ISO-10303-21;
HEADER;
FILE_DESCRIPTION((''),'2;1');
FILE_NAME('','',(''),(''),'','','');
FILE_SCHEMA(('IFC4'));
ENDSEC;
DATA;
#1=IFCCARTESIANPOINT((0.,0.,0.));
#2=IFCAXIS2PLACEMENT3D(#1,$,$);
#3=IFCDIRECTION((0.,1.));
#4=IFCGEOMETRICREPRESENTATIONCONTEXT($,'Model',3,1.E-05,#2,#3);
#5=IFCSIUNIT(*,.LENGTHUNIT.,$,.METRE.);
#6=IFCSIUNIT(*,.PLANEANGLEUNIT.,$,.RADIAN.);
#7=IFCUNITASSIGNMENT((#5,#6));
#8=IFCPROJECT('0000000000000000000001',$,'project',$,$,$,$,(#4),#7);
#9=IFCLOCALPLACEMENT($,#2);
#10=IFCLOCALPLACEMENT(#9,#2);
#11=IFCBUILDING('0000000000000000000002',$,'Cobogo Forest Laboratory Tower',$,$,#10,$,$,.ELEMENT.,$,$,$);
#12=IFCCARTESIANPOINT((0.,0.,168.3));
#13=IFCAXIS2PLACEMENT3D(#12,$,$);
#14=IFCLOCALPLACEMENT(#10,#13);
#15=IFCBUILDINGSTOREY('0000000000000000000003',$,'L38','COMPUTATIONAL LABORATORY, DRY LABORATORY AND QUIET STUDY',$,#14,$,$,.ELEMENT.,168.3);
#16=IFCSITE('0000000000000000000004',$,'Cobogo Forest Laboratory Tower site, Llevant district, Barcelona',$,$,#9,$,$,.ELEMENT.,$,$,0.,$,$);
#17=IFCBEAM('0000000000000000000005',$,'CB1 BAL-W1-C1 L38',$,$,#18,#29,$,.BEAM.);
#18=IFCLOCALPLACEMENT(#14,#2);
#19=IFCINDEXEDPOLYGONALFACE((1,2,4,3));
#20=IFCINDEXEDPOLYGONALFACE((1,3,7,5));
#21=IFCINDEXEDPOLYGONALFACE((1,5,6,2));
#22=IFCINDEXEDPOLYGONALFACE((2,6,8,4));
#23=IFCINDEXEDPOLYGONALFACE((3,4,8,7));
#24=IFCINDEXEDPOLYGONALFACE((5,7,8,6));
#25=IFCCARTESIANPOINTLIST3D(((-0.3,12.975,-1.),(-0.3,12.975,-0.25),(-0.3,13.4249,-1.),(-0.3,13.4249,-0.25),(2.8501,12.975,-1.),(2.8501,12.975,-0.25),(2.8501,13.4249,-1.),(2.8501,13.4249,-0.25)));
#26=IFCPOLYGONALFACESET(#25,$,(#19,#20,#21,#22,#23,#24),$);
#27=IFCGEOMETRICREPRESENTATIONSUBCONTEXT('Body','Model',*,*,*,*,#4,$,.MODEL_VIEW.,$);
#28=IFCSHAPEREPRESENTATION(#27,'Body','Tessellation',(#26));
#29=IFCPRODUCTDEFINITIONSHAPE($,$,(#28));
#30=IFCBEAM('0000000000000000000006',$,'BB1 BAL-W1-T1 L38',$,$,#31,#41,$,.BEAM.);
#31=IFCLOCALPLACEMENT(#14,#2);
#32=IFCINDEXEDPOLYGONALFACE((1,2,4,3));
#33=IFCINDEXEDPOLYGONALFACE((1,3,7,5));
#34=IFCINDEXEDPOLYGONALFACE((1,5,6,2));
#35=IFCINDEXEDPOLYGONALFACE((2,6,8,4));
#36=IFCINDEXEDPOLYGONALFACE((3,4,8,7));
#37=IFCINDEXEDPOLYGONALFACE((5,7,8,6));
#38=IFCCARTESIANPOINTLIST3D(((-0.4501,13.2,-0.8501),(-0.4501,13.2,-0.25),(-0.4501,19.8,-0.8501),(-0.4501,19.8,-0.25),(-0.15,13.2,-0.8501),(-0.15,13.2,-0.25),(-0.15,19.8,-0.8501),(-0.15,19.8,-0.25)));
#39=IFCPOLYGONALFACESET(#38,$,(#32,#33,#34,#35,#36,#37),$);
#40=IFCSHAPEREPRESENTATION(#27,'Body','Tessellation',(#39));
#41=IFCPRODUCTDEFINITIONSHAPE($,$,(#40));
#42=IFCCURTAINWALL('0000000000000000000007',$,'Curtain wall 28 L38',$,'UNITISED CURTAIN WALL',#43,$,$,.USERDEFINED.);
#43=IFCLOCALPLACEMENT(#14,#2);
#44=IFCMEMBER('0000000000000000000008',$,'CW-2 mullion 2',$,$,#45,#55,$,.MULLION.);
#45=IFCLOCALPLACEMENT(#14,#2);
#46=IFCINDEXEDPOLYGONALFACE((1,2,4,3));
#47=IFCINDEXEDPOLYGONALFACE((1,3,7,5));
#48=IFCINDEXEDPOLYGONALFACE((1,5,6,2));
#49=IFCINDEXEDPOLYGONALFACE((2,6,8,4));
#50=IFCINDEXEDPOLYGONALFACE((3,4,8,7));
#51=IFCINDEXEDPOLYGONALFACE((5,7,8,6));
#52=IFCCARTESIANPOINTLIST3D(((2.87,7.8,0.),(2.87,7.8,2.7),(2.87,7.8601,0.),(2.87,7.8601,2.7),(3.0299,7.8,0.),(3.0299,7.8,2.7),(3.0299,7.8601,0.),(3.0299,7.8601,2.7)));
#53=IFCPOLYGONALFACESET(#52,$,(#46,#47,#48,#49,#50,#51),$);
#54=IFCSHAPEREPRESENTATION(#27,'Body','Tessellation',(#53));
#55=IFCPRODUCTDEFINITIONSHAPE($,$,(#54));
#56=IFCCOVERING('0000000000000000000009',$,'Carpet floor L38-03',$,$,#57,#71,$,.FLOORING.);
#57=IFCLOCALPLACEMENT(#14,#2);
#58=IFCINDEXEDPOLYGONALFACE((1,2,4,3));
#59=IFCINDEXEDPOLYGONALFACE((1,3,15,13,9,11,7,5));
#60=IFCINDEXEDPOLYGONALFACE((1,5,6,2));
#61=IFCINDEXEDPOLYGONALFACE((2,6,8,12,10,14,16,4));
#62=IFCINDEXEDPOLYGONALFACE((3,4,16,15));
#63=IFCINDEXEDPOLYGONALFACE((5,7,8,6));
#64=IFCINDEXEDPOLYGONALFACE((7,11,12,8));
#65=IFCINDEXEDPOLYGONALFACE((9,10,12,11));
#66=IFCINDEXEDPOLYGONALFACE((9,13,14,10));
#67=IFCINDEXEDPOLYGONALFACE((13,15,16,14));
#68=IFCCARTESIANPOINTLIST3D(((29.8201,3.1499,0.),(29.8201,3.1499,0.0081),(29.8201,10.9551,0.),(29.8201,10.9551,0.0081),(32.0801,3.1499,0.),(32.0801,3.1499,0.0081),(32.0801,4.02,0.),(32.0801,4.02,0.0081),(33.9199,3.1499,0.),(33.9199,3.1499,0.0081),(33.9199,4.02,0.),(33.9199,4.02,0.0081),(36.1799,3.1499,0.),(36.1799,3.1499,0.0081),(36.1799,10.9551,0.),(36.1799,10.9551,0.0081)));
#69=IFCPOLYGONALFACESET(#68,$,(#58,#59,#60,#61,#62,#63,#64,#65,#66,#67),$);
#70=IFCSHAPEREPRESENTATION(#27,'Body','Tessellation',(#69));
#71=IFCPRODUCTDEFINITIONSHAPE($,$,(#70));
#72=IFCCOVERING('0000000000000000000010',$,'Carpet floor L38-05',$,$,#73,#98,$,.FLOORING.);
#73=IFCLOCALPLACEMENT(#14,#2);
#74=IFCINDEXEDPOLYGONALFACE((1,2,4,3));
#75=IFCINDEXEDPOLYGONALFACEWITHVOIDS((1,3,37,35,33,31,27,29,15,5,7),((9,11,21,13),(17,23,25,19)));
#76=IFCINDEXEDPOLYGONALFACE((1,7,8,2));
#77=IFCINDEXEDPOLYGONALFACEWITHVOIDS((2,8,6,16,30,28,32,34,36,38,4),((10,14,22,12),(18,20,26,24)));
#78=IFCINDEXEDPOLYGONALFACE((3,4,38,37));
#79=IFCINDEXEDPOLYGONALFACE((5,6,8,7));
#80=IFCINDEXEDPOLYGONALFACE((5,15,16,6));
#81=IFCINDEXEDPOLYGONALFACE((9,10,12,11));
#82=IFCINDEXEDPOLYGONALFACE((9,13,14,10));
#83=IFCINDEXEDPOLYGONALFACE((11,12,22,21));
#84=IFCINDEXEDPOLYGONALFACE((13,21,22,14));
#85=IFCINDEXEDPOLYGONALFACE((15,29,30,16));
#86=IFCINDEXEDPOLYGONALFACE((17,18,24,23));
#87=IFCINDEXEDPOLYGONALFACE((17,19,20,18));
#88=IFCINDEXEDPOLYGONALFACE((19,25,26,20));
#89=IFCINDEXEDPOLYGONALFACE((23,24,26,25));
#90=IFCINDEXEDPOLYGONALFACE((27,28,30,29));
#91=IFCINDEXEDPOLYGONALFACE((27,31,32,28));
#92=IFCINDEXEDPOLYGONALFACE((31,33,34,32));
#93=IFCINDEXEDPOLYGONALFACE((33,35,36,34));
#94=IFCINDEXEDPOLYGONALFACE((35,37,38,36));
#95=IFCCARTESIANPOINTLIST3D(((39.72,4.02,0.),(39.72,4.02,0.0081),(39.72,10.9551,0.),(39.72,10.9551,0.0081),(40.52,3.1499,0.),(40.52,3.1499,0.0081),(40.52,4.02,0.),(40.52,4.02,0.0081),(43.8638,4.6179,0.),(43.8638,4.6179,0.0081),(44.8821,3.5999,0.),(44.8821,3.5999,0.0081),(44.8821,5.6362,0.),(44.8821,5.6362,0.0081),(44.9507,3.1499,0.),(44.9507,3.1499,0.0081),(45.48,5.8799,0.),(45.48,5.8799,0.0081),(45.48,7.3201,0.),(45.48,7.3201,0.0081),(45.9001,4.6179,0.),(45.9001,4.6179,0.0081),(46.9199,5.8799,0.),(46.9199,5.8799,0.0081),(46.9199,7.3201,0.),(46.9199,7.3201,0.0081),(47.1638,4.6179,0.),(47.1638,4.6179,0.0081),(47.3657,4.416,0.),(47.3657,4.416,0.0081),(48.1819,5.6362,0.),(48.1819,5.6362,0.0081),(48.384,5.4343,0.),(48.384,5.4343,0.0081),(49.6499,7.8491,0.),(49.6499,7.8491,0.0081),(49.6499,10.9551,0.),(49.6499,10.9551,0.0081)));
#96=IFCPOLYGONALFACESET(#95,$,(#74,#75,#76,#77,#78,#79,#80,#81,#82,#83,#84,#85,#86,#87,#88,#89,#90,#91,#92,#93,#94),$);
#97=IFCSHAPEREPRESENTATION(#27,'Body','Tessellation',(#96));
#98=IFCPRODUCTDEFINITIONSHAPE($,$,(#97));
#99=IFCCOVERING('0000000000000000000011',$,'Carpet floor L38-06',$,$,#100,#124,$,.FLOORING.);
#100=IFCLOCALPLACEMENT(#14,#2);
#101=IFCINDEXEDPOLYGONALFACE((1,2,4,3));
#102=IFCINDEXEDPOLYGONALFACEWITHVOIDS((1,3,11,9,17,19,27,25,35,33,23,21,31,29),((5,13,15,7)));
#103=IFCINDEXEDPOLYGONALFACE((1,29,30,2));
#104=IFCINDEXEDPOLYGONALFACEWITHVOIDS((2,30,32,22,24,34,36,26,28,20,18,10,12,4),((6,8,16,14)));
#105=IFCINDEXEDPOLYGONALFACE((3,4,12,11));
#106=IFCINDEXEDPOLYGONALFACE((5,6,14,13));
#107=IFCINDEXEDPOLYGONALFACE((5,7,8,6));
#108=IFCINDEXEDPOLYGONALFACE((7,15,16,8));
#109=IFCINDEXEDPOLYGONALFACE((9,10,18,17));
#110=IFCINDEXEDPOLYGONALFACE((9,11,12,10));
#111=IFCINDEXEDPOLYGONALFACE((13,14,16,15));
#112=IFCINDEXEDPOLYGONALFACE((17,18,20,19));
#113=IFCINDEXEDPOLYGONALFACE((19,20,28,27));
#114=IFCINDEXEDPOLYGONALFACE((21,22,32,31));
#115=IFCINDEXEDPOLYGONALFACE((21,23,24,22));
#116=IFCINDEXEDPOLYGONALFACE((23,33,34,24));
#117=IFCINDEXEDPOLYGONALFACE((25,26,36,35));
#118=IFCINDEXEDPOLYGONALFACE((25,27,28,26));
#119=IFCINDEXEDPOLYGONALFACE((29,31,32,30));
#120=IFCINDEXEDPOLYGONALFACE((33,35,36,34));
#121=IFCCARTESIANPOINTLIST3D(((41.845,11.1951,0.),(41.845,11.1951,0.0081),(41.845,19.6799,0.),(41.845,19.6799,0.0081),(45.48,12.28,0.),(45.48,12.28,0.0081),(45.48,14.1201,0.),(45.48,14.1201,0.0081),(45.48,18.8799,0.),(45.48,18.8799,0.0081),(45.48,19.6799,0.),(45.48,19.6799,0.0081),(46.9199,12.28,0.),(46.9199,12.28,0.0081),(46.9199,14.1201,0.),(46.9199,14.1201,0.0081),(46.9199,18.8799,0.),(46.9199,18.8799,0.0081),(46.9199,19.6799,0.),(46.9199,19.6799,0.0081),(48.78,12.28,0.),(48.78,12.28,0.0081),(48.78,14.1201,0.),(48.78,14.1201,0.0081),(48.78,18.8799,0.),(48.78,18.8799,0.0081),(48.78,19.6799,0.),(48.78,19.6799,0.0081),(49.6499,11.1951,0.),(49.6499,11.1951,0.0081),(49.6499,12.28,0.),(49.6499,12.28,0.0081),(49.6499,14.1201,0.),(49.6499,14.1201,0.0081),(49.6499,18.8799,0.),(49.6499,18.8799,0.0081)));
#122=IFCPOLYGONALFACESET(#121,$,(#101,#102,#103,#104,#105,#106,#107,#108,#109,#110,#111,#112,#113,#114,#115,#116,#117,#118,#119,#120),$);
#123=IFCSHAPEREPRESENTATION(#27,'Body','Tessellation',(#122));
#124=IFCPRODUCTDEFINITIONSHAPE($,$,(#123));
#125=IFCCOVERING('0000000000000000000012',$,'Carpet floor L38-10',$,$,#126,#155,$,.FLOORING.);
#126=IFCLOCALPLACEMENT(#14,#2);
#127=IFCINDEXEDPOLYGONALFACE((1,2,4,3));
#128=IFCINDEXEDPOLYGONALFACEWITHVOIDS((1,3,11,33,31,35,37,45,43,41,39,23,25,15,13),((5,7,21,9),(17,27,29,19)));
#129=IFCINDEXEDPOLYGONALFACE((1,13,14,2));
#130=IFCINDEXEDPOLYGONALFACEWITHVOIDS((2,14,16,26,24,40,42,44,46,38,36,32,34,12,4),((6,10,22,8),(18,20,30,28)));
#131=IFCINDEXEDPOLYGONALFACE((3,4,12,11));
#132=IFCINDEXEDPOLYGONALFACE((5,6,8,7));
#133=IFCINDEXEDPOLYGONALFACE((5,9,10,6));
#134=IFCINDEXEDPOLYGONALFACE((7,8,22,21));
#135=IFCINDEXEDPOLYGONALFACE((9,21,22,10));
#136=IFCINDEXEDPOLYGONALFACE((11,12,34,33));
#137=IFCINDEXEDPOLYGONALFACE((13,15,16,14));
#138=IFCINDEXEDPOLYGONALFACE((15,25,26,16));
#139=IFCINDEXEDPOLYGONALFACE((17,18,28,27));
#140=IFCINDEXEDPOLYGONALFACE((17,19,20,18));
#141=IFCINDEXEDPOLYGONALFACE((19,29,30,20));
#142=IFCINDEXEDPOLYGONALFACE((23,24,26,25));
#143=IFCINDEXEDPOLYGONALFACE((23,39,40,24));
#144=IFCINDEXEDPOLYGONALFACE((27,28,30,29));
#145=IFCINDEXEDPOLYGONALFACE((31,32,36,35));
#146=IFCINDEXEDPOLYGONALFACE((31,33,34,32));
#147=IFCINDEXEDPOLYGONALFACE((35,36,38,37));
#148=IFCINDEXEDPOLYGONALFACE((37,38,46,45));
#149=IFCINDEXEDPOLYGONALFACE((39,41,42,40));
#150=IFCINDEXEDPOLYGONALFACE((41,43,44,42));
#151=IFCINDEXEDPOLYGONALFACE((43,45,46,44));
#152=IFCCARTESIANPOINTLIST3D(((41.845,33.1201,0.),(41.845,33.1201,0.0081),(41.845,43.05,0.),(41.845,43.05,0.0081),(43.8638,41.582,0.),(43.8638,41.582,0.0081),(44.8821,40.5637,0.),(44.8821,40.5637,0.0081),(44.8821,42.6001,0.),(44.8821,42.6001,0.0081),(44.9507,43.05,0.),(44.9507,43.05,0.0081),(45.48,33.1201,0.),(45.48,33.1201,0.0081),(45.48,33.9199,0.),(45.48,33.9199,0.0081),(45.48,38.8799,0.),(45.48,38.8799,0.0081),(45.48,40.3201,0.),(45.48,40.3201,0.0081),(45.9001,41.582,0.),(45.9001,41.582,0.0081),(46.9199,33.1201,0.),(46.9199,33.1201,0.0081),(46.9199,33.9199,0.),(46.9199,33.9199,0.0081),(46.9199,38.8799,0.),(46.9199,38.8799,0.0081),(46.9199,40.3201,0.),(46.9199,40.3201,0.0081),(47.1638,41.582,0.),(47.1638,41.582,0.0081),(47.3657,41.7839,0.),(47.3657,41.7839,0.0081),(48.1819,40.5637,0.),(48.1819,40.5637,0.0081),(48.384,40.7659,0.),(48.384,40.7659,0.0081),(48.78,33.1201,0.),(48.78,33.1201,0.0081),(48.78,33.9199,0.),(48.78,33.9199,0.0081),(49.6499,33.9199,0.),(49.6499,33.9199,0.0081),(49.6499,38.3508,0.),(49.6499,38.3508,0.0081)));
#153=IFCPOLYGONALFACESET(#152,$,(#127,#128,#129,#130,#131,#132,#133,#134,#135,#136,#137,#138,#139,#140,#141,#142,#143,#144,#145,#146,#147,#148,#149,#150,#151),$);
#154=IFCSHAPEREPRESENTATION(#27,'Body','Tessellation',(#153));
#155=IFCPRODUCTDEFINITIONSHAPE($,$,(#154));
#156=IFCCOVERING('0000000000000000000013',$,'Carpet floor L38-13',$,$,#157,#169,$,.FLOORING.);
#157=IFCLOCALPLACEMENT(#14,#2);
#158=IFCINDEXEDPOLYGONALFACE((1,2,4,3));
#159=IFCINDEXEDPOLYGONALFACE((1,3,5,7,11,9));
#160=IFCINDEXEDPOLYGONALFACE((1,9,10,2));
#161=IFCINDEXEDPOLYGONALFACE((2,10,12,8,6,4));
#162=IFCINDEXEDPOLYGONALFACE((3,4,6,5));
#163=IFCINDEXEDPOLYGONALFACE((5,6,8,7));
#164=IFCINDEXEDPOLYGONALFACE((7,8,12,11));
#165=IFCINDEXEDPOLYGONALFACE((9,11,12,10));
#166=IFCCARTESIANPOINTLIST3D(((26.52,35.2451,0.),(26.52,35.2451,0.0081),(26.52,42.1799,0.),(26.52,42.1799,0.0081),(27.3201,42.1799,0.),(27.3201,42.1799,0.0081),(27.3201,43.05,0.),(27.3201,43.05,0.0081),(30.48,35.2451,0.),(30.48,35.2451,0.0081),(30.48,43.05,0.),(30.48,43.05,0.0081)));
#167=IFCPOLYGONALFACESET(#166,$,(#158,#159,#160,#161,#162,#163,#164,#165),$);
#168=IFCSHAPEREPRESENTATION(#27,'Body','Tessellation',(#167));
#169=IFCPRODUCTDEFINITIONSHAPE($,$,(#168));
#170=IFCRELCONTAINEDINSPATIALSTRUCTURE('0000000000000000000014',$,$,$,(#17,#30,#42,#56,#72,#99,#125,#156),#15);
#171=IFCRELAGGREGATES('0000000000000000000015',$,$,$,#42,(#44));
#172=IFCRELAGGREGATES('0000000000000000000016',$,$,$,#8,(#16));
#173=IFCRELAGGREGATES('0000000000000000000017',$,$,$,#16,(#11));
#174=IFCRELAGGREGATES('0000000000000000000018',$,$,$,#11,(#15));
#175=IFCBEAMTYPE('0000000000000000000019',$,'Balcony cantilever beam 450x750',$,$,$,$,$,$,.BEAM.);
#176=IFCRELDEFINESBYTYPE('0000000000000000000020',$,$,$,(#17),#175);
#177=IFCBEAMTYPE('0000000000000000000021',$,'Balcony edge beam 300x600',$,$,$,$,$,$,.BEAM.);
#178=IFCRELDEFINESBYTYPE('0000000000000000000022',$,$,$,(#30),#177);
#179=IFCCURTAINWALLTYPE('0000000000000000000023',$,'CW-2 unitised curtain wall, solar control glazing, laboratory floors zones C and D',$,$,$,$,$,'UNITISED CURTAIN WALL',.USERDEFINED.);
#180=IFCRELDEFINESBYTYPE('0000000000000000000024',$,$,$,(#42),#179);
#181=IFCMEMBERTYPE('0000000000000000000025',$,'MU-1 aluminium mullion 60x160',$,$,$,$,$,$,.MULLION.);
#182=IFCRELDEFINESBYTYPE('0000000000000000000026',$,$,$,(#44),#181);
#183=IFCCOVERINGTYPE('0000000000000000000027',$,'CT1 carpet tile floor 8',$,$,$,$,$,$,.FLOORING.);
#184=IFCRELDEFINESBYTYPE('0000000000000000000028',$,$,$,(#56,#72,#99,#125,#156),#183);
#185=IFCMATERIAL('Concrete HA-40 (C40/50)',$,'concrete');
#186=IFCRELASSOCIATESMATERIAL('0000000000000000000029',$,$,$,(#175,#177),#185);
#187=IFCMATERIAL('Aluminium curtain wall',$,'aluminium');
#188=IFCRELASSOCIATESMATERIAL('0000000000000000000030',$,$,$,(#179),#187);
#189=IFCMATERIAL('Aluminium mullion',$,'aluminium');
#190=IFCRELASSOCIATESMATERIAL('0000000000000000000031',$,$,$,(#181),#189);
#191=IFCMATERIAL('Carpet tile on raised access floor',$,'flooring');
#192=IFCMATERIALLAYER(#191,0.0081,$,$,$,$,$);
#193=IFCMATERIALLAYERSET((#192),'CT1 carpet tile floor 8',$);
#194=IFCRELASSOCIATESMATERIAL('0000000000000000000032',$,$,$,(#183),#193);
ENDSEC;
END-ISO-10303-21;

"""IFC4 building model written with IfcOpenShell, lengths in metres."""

from ifc_helpers import new_model, si_unit, direction, frame, origin, origin_2d, place, context, subcontext, project, spatial, polyline, rectangle, outline, extrude, material, layer, layer_set, material_profile, profile_set, type_object, element, aggregate, save


model = new_model("IFC4")

# Units and contexts
model_context = context("Model", 3, precision=1e-05, world=origin(), true_north=direction((0.0, 1.0)))
body_context = subcontext(model_context, "Body", "Model", "MODEL_VIEW")
ifc_project = project(units=[si_unit("LENGTHUNIT", "METRE"), si_unit("PLANEANGLEUNIT", "RADIAN")], contexts=[model_context])

# Site, building, storey
site_placement = place(None, origin())
site = spatial("IfcSite", under=ifc_project, at=site_placement, Name="Cobogo Forest Laboratory Tower site, Llevant district, Barcelona", CompositionType="ELEMENT", RefElevation=0.0)
building_placement = place(site_placement, origin())
building = spatial("IfcBuilding", under=site, at=building_placement, Name="Cobogo Forest Laboratory Tower", CompositionType="ELEMENT")
storey_placement = place(building_placement, frame((0.0, 0.0, 168.3)))
storey = spatial("IfcBuildingStorey", under=building, at=storey_placement, Name="L38", Description="COMPUTATIONAL LABORATORY, DRY LABORATORY AND QUIET STUDY", CompositionType="ELEMENT", Elevation=168.3)

# Beams
ifc_material_1 = material(Name="Concrete HA-40 (C40/50)", Category="concrete")
ifc_material_profile_1 = material_profile(ifc_material_1, rectangle(XDim=0.45, YDim=0.75, at=origin_2d()), Name="RC 450x750")
ifc_profile_set_1 = profile_set([ifc_material_profile_1], Name="Concrete HA-40 (C40/50)")
beam_type_1 = type_object("IfcBeamType", Name="Balcony cantilever beam 450x750", PredefinedType="BEAM", material=ifc_profile_set_1)
beam_1_placement = place(storey_placement, frame((2.8501, 13.2, -0.625), z_axis=(-1.0, 0.0, 0.0), x_axis=(0.0, -1.0, 0.0)))
element("IfcBeam", 1, at=beam_1_placement, inside=storey, type_object=beam_type_1, Name="CB1 BAL-W1-C1 L38", PredefinedType="BEAM", context=body_context, shape_type="SweptSolid", body=[
    extrude(rectangle(XDim=0.45, YDim=0.75, at=origin_2d()), origin(), (0.0, 0.0, 1.0), 3.1501),
])
ifc_material_profile_2 = material_profile(ifc_material_1, rectangle(XDim=0.3, YDim=0.6001, at=origin_2d()), Name="RC 300x600")
ifc_profile_set_2 = profile_set([ifc_material_profile_2], Name="Concrete HA-40 (C40/50)")
beam_type_2 = type_object("IfcBeamType", Name="Balcony edge beam 300x600", PredefinedType="BEAM", material=ifc_profile_set_2)
beam_2_placement = place(storey_placement, frame((-0.3, 13.2, -0.55), z_axis=(0.0, 1.0, 0.0), x_axis=(-1.0, 0.0, 0.0)))
element("IfcBeam", 2, at=beam_2_placement, inside=storey, type_object=beam_type_2, Name="BB1 BAL-W1-T1 L38", PredefinedType="BEAM", context=body_context, shape_type="SweptSolid", body=[
    extrude(rectangle(XDim=0.3, YDim=0.6001, at=origin_2d()), origin(), (0.0, 0.0, 1.0), 6.6001),
])

# Curtain wall, member
ifc_material_2 = material(Name="Aluminium curtain wall", Category="aluminium")
curtain_wall_type = type_object("IfcCurtainWallType", Name="CW-2 unitised curtain wall, solar control glazing, laboratory floors zones C and D", ElementType="UNITISED CURTAIN WALL", PredefinedType="USERDEFINED", material=ifc_material_2)
curtain_wall_placement = place(storey_placement, origin())
curtain_wall = element("IfcCurtainWall", 3, at=curtain_wall_placement, inside=storey, type_object=curtain_wall_type, Name="Curtain wall 28 L38", ObjectType="UNITISED CURTAIN WALL", PredefinedType="USERDEFINED")
ifc_material_3 = material(Name="Aluminium mullion", Category="aluminium")
ifc_material_profile_3 = material_profile(ifc_material_3, rectangle(XDim=0.0601, YDim=0.1599, at=origin_2d()), Name="AL 60x160")
ifc_profile_set_3 = profile_set([ifc_material_profile_3], Name="Aluminium mullion")
member_type = type_object("IfcMemberType", Name="MU-1 aluminium mullion 60x160", PredefinedType="MULLION", material=ifc_profile_set_3)
member_placement = place(storey_placement, frame((2.95, 7.8301, 0.0), z_axis=(0.0, 0.0, 1.0), x_axis=(0.0, -1.0, 0.0)))
member = element("IfcMember", 4, at=member_placement, type_object=member_type, Name="CW-2 mullion 2", PredefinedType="MULLION", context=body_context, shape_type="SweptSolid", body=[
    extrude(rectangle(XDim=0.0601, YDim=0.1599, at=origin_2d()), origin(), (0.0, 0.0, 1.0), 2.7),
])
aggregate(curtain_wall, [member])

# Coverings
ifc_material_4 = material(Name="Carpet tile on raised access floor", Category="flooring")
ifc_layer_1 = layer(ifc_material_4, 0.0081)
ifc_layer_set_1 = layer_set([ifc_layer_1], Name="CT1 carpet tile floor 8")
covering_type_1 = type_object("IfcCoveringType", Name="CT1 carpet tile floor 8", PredefinedType="FLOORING", material=ifc_layer_set_1)
covering_1_placement = place(storey_placement, origin())
element("IfcCovering", 5, at=covering_1_placement, inside=storey, type_object=covering_type_1, Name="Carpet floor L38-03", PredefinedType="FLOORING", context=body_context, shape_type="SweptSolid", body=[
    extrude(outline(polyline([(36.1799, 10.9551), (36.1799, 3.1499), (33.9199, 3.1499), (33.9199, 4.02), (32.0801, 4.02), (32.0801, 3.1499), (29.8201, 3.1499), (29.8201, 10.9551), (36.1799, 10.9551)])), origin(), (0.0, 0.0, 1.0), 0.0081),
])
covering_2_placement = place(storey_placement, origin())
element("IfcCovering", 6, at=covering_2_placement, inside=storey, type_object=covering_type_1, Name="Carpet floor L38-05", PredefinedType="FLOORING", context=body_context, shape_type="SweptSolid", body=[
    extrude(outline(polyline([(49.6499, 10.9551), (49.6499, 7.8491), (48.384, 5.4343), (48.1819, 5.6362), (47.1638, 4.6179), (47.3657, 4.416), (44.9507, 3.1499), (40.52, 3.1499), (40.52, 4.02), (39.72, 4.02), (39.72, 10.9551), (49.6499, 10.9551)]), holes=[polyline([(45.48, 5.8799), (46.9199, 5.8799), (46.9199, 7.3201), (45.48, 7.3201), (45.48, 5.8799)]), polyline([(44.8821, 3.5999), (45.9001, 4.6179), (44.8821, 5.6362), (43.8638, 4.6179), (44.8821, 3.5999)])]), origin(), (0.0, 0.0, 1.0), 0.0081),
])
covering_3_placement = place(storey_placement, origin())
element("IfcCovering", 7, at=covering_3_placement, inside=storey, type_object=covering_type_1, Name="Carpet floor L38-06", PredefinedType="FLOORING", context=body_context, shape_type="SweptSolid", body=[
    extrude(outline(polyline([(41.845, 19.6799), (45.48, 19.6799), (45.48, 18.8799), (46.9199, 18.8799), (46.9199, 19.6799), (48.78, 19.6799), (48.78, 18.8799), (49.6499, 18.8799), (49.6499, 14.1201), (48.78, 14.1201), (48.78, 12.28), (49.6499, 12.28), (49.6499, 11.1951), (41.845, 11.1951), (41.845, 19.6799)]), holes=[polyline([(46.9199, 12.28), (46.9199, 14.1201), (45.48, 14.1201), (45.48, 12.28), (46.9199, 12.28)])]), origin(), (0.0, 0.0, 1.0), 0.0081),
])
covering_4_placement = place(storey_placement, origin())
element("IfcCovering", 8, at=covering_4_placement, inside=storey, type_object=covering_type_1, Name="Carpet floor L38-10", PredefinedType="FLOORING", context=body_context, shape_type="SweptSolid", body=[
    extrude(outline(polyline([(41.845, 43.05), (44.9507, 43.05), (47.3657, 41.7839), (47.1638, 41.582), (48.1819, 40.5637), (48.384, 40.7659), (49.6499, 38.3508), (49.6499, 33.9199), (48.78, 33.9199), (48.78, 33.1201), (46.9199, 33.1201), (46.9199, 33.9199), (45.48, 33.9199), (45.48, 33.1201), (41.845, 33.1201), (41.845, 43.05)]), holes=[polyline([(45.48, 40.3201), (45.48, 38.8799), (46.9199, 38.8799), (46.9199, 40.3201), (45.48, 40.3201)]), polyline([(44.8821, 40.5637), (45.9001, 41.582), (44.8821, 42.6001), (43.8638, 41.582), (44.8821, 40.5637)])]), origin(), (0.0, 0.0, 1.0), 0.0081),
])
covering_5_placement = place(storey_placement, origin())
element("IfcCovering", 9, at=covering_5_placement, inside=storey, type_object=covering_type_1, Name="Carpet floor L38-13", PredefinedType="FLOORING", context=body_context, shape_type="SweptSolid", body=[
    extrude(outline(polyline([(26.52, 35.2451), (26.52, 42.1799), (27.3201, 42.1799), (27.3201, 43.05), (30.48, 43.05), (30.48, 35.2451), (26.52, 35.2451)])), origin(), (0.0, 0.0, 1.0), 0.0081),
])

save(model, "model.ifc")
